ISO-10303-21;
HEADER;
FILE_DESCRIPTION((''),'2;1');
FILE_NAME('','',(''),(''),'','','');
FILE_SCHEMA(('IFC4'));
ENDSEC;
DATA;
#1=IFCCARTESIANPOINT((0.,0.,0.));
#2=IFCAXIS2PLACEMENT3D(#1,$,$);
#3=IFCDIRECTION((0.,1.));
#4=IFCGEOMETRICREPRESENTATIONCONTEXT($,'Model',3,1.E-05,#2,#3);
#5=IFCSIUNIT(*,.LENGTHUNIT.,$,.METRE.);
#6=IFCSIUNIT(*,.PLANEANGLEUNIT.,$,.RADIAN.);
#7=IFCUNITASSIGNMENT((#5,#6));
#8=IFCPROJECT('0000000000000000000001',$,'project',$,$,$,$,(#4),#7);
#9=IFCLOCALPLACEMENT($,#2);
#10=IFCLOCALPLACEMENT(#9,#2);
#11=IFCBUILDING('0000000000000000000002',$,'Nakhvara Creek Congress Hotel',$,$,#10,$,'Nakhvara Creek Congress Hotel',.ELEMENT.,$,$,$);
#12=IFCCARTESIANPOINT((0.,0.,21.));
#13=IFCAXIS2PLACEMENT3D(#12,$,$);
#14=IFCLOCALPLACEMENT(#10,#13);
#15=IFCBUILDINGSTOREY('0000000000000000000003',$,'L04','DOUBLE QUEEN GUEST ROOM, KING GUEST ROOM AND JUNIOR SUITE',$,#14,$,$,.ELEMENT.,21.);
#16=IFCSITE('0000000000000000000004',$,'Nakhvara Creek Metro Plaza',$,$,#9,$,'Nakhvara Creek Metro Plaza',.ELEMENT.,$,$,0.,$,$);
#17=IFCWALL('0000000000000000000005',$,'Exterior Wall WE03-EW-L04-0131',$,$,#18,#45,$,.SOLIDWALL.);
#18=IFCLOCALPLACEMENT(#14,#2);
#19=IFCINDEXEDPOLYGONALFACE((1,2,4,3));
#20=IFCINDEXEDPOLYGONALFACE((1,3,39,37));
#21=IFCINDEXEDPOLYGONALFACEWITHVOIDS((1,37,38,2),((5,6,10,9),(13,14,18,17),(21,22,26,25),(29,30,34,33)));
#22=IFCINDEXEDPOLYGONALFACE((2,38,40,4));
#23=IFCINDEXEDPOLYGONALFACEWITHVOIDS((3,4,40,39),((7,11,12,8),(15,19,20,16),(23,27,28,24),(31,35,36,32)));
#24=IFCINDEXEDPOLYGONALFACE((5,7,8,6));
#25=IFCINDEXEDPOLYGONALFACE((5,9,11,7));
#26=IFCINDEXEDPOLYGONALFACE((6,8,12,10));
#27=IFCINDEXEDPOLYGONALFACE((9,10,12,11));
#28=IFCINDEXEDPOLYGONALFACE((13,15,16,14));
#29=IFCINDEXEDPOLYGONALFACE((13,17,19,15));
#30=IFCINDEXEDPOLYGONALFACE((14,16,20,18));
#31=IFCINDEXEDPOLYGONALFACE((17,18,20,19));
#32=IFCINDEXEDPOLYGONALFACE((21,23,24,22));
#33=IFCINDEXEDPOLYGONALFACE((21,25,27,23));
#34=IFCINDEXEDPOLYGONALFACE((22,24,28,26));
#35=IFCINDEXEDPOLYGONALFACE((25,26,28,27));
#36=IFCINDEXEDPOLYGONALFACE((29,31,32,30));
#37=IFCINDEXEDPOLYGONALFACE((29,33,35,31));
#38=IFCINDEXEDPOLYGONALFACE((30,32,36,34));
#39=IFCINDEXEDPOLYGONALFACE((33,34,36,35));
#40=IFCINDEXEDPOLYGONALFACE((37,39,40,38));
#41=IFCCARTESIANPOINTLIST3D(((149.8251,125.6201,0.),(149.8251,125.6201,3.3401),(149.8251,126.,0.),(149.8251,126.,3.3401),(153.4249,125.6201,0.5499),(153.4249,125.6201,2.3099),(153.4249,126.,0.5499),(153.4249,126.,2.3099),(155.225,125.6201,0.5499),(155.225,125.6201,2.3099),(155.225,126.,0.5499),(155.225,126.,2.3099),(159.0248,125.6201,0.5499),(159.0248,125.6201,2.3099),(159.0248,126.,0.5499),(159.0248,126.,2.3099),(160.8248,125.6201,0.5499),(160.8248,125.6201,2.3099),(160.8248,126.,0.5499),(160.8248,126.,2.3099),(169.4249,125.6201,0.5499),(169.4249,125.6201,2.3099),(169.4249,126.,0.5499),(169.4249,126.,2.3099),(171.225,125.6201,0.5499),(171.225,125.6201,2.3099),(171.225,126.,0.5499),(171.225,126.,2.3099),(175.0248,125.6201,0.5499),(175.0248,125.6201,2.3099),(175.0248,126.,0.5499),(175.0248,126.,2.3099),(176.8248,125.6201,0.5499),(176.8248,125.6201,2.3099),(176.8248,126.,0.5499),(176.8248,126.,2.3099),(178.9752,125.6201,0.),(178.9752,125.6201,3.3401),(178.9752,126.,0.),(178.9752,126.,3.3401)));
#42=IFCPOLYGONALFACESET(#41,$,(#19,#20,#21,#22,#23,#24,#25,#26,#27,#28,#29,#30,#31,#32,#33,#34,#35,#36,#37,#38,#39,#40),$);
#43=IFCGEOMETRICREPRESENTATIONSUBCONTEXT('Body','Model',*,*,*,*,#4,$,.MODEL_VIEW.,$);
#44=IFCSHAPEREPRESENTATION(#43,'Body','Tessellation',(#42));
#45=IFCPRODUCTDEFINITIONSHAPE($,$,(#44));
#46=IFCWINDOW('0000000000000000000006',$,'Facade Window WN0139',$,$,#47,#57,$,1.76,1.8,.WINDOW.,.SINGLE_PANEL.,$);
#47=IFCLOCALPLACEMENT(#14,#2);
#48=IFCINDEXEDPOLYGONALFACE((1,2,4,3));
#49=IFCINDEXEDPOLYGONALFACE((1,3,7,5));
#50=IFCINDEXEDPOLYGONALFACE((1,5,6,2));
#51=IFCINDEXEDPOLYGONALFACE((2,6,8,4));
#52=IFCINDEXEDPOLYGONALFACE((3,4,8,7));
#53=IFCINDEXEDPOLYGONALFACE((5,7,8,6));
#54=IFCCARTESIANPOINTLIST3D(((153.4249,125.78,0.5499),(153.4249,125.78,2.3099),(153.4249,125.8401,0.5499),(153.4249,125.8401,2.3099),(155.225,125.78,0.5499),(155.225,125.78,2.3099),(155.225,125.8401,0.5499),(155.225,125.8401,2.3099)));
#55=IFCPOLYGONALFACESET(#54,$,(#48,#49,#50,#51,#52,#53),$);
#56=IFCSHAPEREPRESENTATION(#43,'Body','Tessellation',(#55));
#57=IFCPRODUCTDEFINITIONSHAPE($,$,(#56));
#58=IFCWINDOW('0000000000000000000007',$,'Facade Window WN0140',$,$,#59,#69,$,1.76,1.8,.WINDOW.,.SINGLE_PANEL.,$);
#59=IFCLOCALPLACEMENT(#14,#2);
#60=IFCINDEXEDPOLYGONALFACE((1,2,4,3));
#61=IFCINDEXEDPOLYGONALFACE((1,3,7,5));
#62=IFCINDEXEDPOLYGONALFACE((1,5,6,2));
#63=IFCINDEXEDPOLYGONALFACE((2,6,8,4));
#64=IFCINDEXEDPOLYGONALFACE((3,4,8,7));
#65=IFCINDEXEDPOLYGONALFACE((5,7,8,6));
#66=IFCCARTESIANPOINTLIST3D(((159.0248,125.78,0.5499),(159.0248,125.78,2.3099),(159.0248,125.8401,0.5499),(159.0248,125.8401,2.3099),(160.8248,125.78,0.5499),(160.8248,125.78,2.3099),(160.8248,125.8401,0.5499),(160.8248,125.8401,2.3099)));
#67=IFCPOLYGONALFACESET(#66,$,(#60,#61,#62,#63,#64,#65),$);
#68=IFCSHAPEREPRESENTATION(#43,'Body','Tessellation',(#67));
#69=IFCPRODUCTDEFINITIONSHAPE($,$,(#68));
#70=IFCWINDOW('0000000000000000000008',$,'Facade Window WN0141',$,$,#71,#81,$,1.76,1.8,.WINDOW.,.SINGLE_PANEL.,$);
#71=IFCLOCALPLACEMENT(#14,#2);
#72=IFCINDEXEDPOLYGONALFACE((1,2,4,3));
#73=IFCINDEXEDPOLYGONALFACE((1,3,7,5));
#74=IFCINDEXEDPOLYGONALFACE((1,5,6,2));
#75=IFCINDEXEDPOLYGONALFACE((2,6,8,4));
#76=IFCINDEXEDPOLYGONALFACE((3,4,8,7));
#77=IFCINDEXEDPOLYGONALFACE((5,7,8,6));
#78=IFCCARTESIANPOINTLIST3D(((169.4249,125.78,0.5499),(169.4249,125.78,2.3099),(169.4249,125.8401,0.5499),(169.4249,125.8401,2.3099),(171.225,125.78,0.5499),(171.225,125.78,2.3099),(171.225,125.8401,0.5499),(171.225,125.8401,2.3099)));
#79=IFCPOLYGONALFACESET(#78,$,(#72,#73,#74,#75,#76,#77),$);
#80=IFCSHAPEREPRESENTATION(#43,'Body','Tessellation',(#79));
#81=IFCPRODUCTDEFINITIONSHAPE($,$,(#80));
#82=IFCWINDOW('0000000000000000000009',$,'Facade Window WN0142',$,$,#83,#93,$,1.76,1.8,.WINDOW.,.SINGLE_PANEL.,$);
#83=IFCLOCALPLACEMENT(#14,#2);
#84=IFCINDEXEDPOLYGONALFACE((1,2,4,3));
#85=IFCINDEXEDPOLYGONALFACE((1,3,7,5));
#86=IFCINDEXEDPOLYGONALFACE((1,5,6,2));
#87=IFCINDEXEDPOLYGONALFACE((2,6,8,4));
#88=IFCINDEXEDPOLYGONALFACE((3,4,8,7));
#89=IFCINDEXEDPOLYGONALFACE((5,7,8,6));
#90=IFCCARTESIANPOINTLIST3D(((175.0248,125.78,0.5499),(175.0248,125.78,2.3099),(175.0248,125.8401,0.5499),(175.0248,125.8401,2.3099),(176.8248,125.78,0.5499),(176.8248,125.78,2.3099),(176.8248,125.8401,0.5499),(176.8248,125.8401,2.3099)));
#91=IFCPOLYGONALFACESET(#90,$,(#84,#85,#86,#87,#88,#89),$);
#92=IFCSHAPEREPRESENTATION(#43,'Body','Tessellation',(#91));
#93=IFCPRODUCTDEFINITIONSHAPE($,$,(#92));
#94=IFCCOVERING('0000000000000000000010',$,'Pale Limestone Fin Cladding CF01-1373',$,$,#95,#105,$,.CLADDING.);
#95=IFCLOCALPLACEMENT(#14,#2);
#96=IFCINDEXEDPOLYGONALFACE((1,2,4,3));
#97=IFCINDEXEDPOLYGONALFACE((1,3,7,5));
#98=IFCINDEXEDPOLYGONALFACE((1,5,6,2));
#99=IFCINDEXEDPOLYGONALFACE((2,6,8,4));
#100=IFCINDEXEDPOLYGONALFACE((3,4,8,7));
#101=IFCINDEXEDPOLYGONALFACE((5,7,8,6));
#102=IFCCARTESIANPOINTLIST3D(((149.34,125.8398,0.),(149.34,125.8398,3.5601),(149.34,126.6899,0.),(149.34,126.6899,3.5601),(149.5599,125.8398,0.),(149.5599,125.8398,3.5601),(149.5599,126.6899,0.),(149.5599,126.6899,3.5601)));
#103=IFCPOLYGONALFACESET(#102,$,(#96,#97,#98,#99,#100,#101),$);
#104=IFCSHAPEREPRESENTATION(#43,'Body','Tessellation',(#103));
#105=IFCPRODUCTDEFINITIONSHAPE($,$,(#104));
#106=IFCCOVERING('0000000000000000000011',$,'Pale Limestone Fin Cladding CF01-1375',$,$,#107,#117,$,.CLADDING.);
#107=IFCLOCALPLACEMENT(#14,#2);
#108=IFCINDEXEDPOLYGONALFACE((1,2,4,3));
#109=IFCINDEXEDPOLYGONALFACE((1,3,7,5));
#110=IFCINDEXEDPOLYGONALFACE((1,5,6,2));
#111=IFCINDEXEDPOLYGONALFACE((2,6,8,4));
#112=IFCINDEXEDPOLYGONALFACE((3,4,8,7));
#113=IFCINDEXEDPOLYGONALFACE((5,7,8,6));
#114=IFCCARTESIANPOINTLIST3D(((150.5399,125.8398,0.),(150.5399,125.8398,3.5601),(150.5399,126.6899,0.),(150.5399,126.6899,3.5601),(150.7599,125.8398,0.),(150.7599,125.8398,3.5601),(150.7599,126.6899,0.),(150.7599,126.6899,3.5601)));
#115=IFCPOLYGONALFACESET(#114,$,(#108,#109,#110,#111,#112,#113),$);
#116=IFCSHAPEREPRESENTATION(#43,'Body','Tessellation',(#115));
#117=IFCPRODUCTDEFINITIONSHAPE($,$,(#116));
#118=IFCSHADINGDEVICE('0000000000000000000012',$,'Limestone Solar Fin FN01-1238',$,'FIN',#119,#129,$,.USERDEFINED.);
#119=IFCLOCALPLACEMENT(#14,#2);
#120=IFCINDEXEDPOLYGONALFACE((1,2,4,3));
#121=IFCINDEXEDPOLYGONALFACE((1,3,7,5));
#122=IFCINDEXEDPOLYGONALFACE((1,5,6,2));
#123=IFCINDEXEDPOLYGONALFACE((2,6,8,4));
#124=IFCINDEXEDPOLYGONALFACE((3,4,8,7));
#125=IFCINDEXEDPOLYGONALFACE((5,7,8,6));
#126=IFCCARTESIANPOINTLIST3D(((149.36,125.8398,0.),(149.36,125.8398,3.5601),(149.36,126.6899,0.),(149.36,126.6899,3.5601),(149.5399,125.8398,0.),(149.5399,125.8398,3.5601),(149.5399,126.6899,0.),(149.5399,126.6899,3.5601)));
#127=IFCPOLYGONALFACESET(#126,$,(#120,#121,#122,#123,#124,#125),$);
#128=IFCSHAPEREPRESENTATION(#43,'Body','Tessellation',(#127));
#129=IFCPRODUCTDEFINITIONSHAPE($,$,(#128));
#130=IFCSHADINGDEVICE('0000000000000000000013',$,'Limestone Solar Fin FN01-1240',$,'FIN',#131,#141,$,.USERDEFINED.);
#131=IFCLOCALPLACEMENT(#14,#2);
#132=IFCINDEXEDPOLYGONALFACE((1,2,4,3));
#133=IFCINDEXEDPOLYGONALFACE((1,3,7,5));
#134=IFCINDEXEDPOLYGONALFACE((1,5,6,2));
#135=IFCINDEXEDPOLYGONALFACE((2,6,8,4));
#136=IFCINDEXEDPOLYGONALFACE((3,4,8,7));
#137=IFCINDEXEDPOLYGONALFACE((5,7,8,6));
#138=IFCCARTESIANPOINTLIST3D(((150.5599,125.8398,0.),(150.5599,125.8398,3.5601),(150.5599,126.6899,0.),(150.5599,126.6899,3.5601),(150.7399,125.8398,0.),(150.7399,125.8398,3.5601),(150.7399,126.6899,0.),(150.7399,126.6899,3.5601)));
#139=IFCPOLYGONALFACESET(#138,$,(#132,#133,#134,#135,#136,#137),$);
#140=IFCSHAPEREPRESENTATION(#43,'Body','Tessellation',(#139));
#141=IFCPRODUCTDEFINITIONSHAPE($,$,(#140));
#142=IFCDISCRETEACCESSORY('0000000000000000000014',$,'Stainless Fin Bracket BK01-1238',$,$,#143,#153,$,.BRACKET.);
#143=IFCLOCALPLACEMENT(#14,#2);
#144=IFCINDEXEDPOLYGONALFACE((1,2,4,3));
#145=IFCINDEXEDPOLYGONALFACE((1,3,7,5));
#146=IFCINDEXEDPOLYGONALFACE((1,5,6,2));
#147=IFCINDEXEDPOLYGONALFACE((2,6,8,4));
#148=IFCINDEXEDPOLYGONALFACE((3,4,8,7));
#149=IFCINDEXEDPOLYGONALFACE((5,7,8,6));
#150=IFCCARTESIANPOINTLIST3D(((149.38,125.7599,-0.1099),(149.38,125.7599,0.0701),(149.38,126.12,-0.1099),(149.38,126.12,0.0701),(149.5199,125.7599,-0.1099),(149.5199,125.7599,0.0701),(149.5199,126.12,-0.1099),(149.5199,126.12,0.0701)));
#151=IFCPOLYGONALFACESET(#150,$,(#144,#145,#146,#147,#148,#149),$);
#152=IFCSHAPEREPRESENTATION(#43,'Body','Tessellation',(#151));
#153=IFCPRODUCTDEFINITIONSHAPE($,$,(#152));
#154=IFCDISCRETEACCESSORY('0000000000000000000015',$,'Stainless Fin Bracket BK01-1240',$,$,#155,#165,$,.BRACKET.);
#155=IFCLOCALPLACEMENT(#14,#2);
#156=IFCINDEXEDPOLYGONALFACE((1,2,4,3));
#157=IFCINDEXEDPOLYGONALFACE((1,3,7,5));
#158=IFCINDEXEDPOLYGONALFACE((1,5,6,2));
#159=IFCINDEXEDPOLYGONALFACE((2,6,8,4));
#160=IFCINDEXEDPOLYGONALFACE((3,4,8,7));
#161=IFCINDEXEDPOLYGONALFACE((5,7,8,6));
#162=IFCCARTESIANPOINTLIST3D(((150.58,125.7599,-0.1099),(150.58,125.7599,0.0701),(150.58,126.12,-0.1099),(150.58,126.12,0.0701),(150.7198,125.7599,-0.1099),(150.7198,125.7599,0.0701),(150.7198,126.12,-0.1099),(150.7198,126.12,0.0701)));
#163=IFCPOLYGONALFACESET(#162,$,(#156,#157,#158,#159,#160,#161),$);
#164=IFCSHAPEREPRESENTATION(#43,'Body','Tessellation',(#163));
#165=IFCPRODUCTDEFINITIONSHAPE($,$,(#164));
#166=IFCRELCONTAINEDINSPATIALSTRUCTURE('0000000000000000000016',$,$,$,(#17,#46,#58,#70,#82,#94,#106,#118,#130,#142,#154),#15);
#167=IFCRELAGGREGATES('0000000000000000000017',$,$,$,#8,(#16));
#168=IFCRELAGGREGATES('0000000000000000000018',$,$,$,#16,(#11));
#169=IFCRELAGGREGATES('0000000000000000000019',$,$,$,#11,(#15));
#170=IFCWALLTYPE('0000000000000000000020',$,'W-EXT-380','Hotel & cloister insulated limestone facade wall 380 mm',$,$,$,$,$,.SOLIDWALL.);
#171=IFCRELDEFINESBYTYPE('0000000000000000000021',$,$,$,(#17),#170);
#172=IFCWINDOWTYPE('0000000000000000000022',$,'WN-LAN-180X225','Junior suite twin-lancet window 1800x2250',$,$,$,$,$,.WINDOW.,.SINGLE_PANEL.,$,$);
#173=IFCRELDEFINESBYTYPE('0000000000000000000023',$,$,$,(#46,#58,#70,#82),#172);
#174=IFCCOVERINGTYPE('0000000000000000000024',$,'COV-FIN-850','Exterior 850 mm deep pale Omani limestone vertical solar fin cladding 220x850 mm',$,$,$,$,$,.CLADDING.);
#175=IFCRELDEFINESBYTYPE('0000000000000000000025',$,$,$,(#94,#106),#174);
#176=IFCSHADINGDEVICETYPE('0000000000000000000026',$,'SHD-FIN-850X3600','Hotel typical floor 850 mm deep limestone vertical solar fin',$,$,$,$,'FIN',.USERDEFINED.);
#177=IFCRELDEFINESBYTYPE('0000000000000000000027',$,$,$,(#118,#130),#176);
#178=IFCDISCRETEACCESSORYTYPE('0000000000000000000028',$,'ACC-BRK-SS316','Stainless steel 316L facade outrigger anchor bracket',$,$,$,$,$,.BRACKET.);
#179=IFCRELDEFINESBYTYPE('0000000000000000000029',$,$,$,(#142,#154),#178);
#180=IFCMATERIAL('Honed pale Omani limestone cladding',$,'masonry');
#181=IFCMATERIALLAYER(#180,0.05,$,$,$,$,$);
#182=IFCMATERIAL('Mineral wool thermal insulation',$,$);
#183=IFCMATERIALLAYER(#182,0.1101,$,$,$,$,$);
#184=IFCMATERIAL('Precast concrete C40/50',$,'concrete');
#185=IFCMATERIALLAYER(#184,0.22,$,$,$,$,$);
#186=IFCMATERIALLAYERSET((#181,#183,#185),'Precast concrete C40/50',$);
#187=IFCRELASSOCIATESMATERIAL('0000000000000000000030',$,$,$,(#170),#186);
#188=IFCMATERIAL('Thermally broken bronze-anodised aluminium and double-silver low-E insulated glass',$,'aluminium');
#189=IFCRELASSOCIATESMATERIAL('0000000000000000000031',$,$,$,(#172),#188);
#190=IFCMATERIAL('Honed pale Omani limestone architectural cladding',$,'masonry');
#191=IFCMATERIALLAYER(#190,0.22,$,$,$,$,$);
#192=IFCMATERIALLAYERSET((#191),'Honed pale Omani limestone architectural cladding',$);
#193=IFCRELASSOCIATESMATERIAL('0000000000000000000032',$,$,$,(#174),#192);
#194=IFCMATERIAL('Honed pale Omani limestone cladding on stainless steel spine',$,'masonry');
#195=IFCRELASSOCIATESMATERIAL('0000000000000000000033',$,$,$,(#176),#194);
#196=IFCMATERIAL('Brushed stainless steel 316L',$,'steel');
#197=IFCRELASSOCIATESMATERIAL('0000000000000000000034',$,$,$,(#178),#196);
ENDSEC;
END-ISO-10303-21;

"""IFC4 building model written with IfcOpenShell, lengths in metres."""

from ifc_helpers import new_model, si_unit, direction, frame, frame_2d, origin, origin_2d, place, context, subcontext, project, spatial, rectangle, extrude, material, layer, layer_set, type_object, element, fill, save


model = new_model("IFC4")

# Units and contexts
model_context = context("Model", 3, precision=1e-05, world=origin(), true_north=direction((0.0, 1.0)))
body_context = subcontext(model_context, "Body", "Model", "MODEL_VIEW")
ifc_project = project(units=[si_unit("LENGTHUNIT", "METRE"), si_unit("PLANEANGLEUNIT", "RADIAN")], contexts=[model_context])

# Site, building, storey
site_placement = place(None, origin())
site = spatial("IfcSite", under=ifc_project, at=site_placement, Name="Nakhvara Creek Metro Plaza", LongName="Nakhvara Creek Metro Plaza", CompositionType="ELEMENT", RefElevation=0.0)
building_placement = place(site_placement, origin())
building = spatial("IfcBuilding", under=site, at=building_placement, Name="Nakhvara Creek Congress Hotel", LongName="Nakhvara Creek Congress Hotel", CompositionType="ELEMENT")
storey_placement = place(building_placement, frame((0.0, 0.0, 21.0)))
storey = spatial("IfcBuildingStorey", under=building, at=storey_placement, Name="L04", Description="DOUBLE QUEEN GUEST ROOM, KING GUEST ROOM AND JUNIOR SUITE", CompositionType="ELEMENT", Elevation=21.0)

# Wall, openings, windows
ifc_material_1 = material(Name="Honed pale Omani limestone cladding", Category="masonry")
ifc_layer_1 = layer(ifc_material_1, 0.05)
ifc_material_2 = material(Name="Mineral wool thermal insulation")
ifc_layer_2 = layer(ifc_material_2, 0.1101)
ifc_material_3 = material(Name="Precast concrete C40/50", Category="concrete")
ifc_layer_3 = layer(ifc_material_3, 0.22)
ifc_layer_set_1 = layer_set([ifc_layer_1, ifc_layer_2, ifc_layer_3], Name="Precast concrete C40/50")
wall_type = type_object("IfcWallType", Name="W-EXT-380", Description="Hotel & cloister insulated limestone facade wall 380 mm", PredefinedType="SOLIDWALL", material=ifc_layer_set_1)
wall_placement = place(storey_placement, frame((149.825, 125.8101, 0.0), z_axis=(0.0, 0.0, 1.0), x_axis=(1.0, 0.0, 0.0)))
wall = element("IfcWall", 1, at=wall_placement, inside=storey, type_object=wall_type, Name="Exterior Wall WE03-EW-L04-0131", PredefinedType="SOLIDWALL", context=body_context, shape_type="SweptSolid", body=[
    extrude(rectangle(XDim=29.1501, YDim=0.3799, at=frame_2d((14.5752, 0.0))), origin(), (0.0, 0.0, 1.0), 3.3401),
])
opening_1_placement = place(wall_placement, frame((3.6001, 0.0, 0.55)))
opening_1 = element("IfcOpeningElement", 2, at=opening_1_placement, cuts=wall, PredefinedType="OPENING", context=body_context, shape_type="SweptSolid", body=[
    extrude(rectangle(XDim=1.8, YDim=1.76, at=frame_2d((0.8999, 0.8799))), frame((0.0, 0.2019, 0.0), z_axis=(0.0, -1.0, 0.0), x_axis=(1.0, 0.0, 0.0)), (0.0, 0.0, 1.0), 0.4038),
])
opening_2_placement = place(wall_placement, frame((9.2, 0.0, 0.55)))
opening_2 = element("IfcOpeningElement", 3, at=opening_2_placement, cuts=wall, PredefinedType="OPENING", context=body_context, shape_type="SweptSolid", body=[
    extrude(rectangle(XDim=1.8, YDim=1.76, at=frame_2d((0.8999, 0.8799))), frame((0.0, 0.2019, 0.0), z_axis=(0.0, -1.0, 0.0), x_axis=(1.0, 0.0, 0.0)), (0.0, 0.0, 1.0), 0.4038),
])
opening_3_placement = place(wall_placement, frame((19.6001, 0.0, 0.55)))
opening_3 = element("IfcOpeningElement", 4, at=opening_3_placement, cuts=wall, PredefinedType="OPENING", context=body_context, shape_type="SweptSolid", body=[
    extrude(rectangle(XDim=1.8, YDim=1.76, at=frame_2d((0.8999, 0.8799))), frame((0.0, 0.2019, 0.0), z_axis=(0.0, -1.0, 0.0), x_axis=(1.0, 0.0, 0.0)), (0.0, 0.0, 1.0), 0.4038),
])
opening_4_placement = place(wall_placement, frame((25.2, 0.0, 0.55)))
opening_4 = element("IfcOpeningElement", 5, at=opening_4_placement, cuts=wall, PredefinedType="OPENING", context=body_context, shape_type="SweptSolid", body=[
    extrude(rectangle(XDim=1.8, YDim=1.76, at=frame_2d((0.8999, 0.8799))), frame((0.0, 0.2019, 0.0), z_axis=(0.0, -1.0, 0.0), x_axis=(1.0, 0.0, 0.0)), (0.0, 0.0, 1.0), 0.4038),
])
ifc_material_4 = material(Name="Thermally broken bronze-anodised aluminium and double-silver low-E insulated glass", Category="aluminium")
window_type = type_object("IfcWindowType", Name="WN-LAN-180X225", Description="Junior suite twin-lancet window 1800x2250", PartitioningType="SINGLE_PANEL", PredefinedType="WINDOW", material=ifc_material_4)
window_1_placement = place(opening_1_placement, origin())
window_1 = element("IfcWindow", 6, at=window_1_placement, inside=storey, type_object=window_type, Name="Facade Window WN0139", OverallHeight=1.76, OverallWidth=1.8, PartitioningType="SINGLE_PANEL", PredefinedType="WINDOW", context=body_context, shape_type="SweptSolid", body=[
    extrude(rectangle(XDim=1.8, YDim=1.76, at=frame_2d((0.8999, 0.8799))), frame((0.0, 0.03, 0.0), z_axis=(0.0, -1.0, 0.0), x_axis=(1.0, 0.0, 0.0)), (0.0, 0.0, 1.0), 0.0601),
])
fill(opening_1, window_1)
window_2_placement = place(opening_2_placement, origin())
window_2 = element("IfcWindow", 7, at=window_2_placement, inside=storey, type_object=window_type, Name="Facade Window WN0140", OverallHeight=1.76, OverallWidth=1.8, PartitioningType="SINGLE_PANEL", PredefinedType="WINDOW", context=body_context, shape_type="SweptSolid", body=[
    extrude(rectangle(XDim=1.8, YDim=1.76, at=frame_2d((0.8999, 0.8799))), frame((0.0, 0.03, 0.0), z_axis=(0.0, -1.0, 0.0), x_axis=(1.0, 0.0, 0.0)), (0.0, 0.0, 1.0), 0.0601),
])
fill(opening_2, window_2)
window_3_placement = place(opening_3_placement, origin())
window_3 = element("IfcWindow", 8, at=window_3_placement, inside=storey, type_object=window_type, Name="Facade Window WN0141", OverallHeight=1.76, OverallWidth=1.8, PartitioningType="SINGLE_PANEL", PredefinedType="WINDOW", context=body_context, shape_type="SweptSolid", body=[
    extrude(rectangle(XDim=1.8, YDim=1.76, at=frame_2d((0.8999, 0.8799))), frame((0.0, 0.03, 0.0), z_axis=(0.0, -1.0, 0.0), x_axis=(1.0, 0.0, 0.0)), (0.0, 0.0, 1.0), 0.0601),
])
fill(opening_3, window_3)
window_4_placement = place(opening_4_placement, origin())
window_4 = element("IfcWindow", 9, at=window_4_placement, inside=storey, type_object=window_type, Name="Facade Window WN0142", OverallHeight=1.76, OverallWidth=1.8, PartitioningType="SINGLE_PANEL", PredefinedType="WINDOW", context=body_context, shape_type="SweptSolid", body=[
    extrude(rectangle(XDim=1.8, YDim=1.76, at=frame_2d((0.8999, 0.8799))), frame((0.0, 0.03, 0.0), z_axis=(0.0, -1.0, 0.0), x_axis=(1.0, 0.0, 0.0)), (0.0, 0.0, 1.0), 0.0601),
])
fill(opening_4, window_4)

# Coverings
ifc_material_5 = material(Name="Honed pale Omani limestone architectural cladding", Category="masonry")
ifc_layer_4 = layer(ifc_material_5, 0.22)
ifc_layer_set_2 = layer_set([ifc_layer_4], Name="Honed pale Omani limestone architectural cladding")
covering_type = type_object("IfcCoveringType", Name="COV-FIN-850", Description="Exterior 850 mm deep pale Omani limestone vertical solar fin cladding 220x850 mm", PredefinedType="CLADDING", material=ifc_layer_set_2)
for number, where, z_axis, x_axis, name in (
    (10, (149.45, 126.2649, 0.0), (0.0, 0.0, 1.0), (1.0, 0.0, 0.0), "Pale Limestone Fin Cladding CF01-1373"),
    (11, (150.6499, 126.2649, 0.0), (0.0, 0.0, 1.0), (1.0, 0.0, 0.0), "Pale Limestone Fin Cladding CF01-1375"),
):
    element("IfcCovering", number, at=place(storey_placement, frame(where, z_axis=z_axis, x_axis=x_axis)), inside=storey, type_object=covering_type, Name=name, PredefinedType="CLADDING", context=body_context, shape_type="SweptSolid", body=[
        extrude(rectangle(XDim=0.22, YDim=0.8501, at=origin_2d()), origin(), (0.0, 0.0, 1.0), 3.5601),
    ])

# Shading devices
ifc_material_6 = material(Name="Honed pale Omani limestone cladding on stainless steel spine", Category="masonry")
shading_device_type = type_object("IfcShadingDeviceType", Name="SHD-FIN-850X3600", Description="Hotel typical floor 850 mm deep limestone vertical solar fin", ElementType="FIN", PredefinedType="USERDEFINED", material=ifc_material_6)
for number, where, z_axis, x_axis, name in (
    (12, (149.45, 126.2649, 0.0), (0.0, 0.0, 1.0), (1.0, 0.0, 0.0), "Limestone Solar Fin FN01-1238"),
    (13, (150.6499, 126.2649, 0.0), (0.0, 0.0, 1.0), (1.0, 0.0, 0.0), "Limestone Solar Fin FN01-1240"),
):
    element("IfcShadingDevice", number, at=place(storey_placement, frame(where, z_axis=z_axis, x_axis=x_axis)), inside=storey, type_object=shading_device_type, Name=name, ObjectType="FIN", PredefinedType="USERDEFINED", context=body_context, shape_type="SweptSolid", body=[
        extrude(rectangle(XDim=0.1799, YDim=0.8501, at=origin_2d()), origin(), (0.0, 0.0, 1.0), 3.5601),
    ])

# Discrete accessories
ifc_material_7 = material(Name="Brushed stainless steel 316L", Category="steel")
discrete_accessory_type = type_object("IfcDiscreteAccessoryType", Name="ACC-BRK-SS316", Description="Stainless steel 316L facade outrigger anchor bracket", PredefinedType="BRACKET", material=ifc_material_7)
for number, where, z_axis, x_axis, name in (
    (14, (149.45, 125.9399, -0.1099), (0.0, 0.0, 1.0), (1.0, 0.0, 0.0), "Stainless Fin Bracket BK01-1238"),
    (15, (150.6499, 125.9399, -0.1099), (0.0, 0.0, 1.0), (1.0, 0.0, 0.0), "Stainless Fin Bracket BK01-1240"),
):
    element("IfcDiscreteAccessory", number, at=place(storey_placement, frame(where, z_axis=z_axis, x_axis=x_axis)), inside=storey, type_object=discrete_accessory_type, Name=name, PredefinedType="BRACKET", context=body_context, shape_type="SweptSolid", body=[
        extrude(rectangle(XDim=0.1399, YDim=0.3601, at=origin_2d()), origin(), (0.0, 0.0, 1.0), 0.1799),
    ])

save(model, "model.ifc")
